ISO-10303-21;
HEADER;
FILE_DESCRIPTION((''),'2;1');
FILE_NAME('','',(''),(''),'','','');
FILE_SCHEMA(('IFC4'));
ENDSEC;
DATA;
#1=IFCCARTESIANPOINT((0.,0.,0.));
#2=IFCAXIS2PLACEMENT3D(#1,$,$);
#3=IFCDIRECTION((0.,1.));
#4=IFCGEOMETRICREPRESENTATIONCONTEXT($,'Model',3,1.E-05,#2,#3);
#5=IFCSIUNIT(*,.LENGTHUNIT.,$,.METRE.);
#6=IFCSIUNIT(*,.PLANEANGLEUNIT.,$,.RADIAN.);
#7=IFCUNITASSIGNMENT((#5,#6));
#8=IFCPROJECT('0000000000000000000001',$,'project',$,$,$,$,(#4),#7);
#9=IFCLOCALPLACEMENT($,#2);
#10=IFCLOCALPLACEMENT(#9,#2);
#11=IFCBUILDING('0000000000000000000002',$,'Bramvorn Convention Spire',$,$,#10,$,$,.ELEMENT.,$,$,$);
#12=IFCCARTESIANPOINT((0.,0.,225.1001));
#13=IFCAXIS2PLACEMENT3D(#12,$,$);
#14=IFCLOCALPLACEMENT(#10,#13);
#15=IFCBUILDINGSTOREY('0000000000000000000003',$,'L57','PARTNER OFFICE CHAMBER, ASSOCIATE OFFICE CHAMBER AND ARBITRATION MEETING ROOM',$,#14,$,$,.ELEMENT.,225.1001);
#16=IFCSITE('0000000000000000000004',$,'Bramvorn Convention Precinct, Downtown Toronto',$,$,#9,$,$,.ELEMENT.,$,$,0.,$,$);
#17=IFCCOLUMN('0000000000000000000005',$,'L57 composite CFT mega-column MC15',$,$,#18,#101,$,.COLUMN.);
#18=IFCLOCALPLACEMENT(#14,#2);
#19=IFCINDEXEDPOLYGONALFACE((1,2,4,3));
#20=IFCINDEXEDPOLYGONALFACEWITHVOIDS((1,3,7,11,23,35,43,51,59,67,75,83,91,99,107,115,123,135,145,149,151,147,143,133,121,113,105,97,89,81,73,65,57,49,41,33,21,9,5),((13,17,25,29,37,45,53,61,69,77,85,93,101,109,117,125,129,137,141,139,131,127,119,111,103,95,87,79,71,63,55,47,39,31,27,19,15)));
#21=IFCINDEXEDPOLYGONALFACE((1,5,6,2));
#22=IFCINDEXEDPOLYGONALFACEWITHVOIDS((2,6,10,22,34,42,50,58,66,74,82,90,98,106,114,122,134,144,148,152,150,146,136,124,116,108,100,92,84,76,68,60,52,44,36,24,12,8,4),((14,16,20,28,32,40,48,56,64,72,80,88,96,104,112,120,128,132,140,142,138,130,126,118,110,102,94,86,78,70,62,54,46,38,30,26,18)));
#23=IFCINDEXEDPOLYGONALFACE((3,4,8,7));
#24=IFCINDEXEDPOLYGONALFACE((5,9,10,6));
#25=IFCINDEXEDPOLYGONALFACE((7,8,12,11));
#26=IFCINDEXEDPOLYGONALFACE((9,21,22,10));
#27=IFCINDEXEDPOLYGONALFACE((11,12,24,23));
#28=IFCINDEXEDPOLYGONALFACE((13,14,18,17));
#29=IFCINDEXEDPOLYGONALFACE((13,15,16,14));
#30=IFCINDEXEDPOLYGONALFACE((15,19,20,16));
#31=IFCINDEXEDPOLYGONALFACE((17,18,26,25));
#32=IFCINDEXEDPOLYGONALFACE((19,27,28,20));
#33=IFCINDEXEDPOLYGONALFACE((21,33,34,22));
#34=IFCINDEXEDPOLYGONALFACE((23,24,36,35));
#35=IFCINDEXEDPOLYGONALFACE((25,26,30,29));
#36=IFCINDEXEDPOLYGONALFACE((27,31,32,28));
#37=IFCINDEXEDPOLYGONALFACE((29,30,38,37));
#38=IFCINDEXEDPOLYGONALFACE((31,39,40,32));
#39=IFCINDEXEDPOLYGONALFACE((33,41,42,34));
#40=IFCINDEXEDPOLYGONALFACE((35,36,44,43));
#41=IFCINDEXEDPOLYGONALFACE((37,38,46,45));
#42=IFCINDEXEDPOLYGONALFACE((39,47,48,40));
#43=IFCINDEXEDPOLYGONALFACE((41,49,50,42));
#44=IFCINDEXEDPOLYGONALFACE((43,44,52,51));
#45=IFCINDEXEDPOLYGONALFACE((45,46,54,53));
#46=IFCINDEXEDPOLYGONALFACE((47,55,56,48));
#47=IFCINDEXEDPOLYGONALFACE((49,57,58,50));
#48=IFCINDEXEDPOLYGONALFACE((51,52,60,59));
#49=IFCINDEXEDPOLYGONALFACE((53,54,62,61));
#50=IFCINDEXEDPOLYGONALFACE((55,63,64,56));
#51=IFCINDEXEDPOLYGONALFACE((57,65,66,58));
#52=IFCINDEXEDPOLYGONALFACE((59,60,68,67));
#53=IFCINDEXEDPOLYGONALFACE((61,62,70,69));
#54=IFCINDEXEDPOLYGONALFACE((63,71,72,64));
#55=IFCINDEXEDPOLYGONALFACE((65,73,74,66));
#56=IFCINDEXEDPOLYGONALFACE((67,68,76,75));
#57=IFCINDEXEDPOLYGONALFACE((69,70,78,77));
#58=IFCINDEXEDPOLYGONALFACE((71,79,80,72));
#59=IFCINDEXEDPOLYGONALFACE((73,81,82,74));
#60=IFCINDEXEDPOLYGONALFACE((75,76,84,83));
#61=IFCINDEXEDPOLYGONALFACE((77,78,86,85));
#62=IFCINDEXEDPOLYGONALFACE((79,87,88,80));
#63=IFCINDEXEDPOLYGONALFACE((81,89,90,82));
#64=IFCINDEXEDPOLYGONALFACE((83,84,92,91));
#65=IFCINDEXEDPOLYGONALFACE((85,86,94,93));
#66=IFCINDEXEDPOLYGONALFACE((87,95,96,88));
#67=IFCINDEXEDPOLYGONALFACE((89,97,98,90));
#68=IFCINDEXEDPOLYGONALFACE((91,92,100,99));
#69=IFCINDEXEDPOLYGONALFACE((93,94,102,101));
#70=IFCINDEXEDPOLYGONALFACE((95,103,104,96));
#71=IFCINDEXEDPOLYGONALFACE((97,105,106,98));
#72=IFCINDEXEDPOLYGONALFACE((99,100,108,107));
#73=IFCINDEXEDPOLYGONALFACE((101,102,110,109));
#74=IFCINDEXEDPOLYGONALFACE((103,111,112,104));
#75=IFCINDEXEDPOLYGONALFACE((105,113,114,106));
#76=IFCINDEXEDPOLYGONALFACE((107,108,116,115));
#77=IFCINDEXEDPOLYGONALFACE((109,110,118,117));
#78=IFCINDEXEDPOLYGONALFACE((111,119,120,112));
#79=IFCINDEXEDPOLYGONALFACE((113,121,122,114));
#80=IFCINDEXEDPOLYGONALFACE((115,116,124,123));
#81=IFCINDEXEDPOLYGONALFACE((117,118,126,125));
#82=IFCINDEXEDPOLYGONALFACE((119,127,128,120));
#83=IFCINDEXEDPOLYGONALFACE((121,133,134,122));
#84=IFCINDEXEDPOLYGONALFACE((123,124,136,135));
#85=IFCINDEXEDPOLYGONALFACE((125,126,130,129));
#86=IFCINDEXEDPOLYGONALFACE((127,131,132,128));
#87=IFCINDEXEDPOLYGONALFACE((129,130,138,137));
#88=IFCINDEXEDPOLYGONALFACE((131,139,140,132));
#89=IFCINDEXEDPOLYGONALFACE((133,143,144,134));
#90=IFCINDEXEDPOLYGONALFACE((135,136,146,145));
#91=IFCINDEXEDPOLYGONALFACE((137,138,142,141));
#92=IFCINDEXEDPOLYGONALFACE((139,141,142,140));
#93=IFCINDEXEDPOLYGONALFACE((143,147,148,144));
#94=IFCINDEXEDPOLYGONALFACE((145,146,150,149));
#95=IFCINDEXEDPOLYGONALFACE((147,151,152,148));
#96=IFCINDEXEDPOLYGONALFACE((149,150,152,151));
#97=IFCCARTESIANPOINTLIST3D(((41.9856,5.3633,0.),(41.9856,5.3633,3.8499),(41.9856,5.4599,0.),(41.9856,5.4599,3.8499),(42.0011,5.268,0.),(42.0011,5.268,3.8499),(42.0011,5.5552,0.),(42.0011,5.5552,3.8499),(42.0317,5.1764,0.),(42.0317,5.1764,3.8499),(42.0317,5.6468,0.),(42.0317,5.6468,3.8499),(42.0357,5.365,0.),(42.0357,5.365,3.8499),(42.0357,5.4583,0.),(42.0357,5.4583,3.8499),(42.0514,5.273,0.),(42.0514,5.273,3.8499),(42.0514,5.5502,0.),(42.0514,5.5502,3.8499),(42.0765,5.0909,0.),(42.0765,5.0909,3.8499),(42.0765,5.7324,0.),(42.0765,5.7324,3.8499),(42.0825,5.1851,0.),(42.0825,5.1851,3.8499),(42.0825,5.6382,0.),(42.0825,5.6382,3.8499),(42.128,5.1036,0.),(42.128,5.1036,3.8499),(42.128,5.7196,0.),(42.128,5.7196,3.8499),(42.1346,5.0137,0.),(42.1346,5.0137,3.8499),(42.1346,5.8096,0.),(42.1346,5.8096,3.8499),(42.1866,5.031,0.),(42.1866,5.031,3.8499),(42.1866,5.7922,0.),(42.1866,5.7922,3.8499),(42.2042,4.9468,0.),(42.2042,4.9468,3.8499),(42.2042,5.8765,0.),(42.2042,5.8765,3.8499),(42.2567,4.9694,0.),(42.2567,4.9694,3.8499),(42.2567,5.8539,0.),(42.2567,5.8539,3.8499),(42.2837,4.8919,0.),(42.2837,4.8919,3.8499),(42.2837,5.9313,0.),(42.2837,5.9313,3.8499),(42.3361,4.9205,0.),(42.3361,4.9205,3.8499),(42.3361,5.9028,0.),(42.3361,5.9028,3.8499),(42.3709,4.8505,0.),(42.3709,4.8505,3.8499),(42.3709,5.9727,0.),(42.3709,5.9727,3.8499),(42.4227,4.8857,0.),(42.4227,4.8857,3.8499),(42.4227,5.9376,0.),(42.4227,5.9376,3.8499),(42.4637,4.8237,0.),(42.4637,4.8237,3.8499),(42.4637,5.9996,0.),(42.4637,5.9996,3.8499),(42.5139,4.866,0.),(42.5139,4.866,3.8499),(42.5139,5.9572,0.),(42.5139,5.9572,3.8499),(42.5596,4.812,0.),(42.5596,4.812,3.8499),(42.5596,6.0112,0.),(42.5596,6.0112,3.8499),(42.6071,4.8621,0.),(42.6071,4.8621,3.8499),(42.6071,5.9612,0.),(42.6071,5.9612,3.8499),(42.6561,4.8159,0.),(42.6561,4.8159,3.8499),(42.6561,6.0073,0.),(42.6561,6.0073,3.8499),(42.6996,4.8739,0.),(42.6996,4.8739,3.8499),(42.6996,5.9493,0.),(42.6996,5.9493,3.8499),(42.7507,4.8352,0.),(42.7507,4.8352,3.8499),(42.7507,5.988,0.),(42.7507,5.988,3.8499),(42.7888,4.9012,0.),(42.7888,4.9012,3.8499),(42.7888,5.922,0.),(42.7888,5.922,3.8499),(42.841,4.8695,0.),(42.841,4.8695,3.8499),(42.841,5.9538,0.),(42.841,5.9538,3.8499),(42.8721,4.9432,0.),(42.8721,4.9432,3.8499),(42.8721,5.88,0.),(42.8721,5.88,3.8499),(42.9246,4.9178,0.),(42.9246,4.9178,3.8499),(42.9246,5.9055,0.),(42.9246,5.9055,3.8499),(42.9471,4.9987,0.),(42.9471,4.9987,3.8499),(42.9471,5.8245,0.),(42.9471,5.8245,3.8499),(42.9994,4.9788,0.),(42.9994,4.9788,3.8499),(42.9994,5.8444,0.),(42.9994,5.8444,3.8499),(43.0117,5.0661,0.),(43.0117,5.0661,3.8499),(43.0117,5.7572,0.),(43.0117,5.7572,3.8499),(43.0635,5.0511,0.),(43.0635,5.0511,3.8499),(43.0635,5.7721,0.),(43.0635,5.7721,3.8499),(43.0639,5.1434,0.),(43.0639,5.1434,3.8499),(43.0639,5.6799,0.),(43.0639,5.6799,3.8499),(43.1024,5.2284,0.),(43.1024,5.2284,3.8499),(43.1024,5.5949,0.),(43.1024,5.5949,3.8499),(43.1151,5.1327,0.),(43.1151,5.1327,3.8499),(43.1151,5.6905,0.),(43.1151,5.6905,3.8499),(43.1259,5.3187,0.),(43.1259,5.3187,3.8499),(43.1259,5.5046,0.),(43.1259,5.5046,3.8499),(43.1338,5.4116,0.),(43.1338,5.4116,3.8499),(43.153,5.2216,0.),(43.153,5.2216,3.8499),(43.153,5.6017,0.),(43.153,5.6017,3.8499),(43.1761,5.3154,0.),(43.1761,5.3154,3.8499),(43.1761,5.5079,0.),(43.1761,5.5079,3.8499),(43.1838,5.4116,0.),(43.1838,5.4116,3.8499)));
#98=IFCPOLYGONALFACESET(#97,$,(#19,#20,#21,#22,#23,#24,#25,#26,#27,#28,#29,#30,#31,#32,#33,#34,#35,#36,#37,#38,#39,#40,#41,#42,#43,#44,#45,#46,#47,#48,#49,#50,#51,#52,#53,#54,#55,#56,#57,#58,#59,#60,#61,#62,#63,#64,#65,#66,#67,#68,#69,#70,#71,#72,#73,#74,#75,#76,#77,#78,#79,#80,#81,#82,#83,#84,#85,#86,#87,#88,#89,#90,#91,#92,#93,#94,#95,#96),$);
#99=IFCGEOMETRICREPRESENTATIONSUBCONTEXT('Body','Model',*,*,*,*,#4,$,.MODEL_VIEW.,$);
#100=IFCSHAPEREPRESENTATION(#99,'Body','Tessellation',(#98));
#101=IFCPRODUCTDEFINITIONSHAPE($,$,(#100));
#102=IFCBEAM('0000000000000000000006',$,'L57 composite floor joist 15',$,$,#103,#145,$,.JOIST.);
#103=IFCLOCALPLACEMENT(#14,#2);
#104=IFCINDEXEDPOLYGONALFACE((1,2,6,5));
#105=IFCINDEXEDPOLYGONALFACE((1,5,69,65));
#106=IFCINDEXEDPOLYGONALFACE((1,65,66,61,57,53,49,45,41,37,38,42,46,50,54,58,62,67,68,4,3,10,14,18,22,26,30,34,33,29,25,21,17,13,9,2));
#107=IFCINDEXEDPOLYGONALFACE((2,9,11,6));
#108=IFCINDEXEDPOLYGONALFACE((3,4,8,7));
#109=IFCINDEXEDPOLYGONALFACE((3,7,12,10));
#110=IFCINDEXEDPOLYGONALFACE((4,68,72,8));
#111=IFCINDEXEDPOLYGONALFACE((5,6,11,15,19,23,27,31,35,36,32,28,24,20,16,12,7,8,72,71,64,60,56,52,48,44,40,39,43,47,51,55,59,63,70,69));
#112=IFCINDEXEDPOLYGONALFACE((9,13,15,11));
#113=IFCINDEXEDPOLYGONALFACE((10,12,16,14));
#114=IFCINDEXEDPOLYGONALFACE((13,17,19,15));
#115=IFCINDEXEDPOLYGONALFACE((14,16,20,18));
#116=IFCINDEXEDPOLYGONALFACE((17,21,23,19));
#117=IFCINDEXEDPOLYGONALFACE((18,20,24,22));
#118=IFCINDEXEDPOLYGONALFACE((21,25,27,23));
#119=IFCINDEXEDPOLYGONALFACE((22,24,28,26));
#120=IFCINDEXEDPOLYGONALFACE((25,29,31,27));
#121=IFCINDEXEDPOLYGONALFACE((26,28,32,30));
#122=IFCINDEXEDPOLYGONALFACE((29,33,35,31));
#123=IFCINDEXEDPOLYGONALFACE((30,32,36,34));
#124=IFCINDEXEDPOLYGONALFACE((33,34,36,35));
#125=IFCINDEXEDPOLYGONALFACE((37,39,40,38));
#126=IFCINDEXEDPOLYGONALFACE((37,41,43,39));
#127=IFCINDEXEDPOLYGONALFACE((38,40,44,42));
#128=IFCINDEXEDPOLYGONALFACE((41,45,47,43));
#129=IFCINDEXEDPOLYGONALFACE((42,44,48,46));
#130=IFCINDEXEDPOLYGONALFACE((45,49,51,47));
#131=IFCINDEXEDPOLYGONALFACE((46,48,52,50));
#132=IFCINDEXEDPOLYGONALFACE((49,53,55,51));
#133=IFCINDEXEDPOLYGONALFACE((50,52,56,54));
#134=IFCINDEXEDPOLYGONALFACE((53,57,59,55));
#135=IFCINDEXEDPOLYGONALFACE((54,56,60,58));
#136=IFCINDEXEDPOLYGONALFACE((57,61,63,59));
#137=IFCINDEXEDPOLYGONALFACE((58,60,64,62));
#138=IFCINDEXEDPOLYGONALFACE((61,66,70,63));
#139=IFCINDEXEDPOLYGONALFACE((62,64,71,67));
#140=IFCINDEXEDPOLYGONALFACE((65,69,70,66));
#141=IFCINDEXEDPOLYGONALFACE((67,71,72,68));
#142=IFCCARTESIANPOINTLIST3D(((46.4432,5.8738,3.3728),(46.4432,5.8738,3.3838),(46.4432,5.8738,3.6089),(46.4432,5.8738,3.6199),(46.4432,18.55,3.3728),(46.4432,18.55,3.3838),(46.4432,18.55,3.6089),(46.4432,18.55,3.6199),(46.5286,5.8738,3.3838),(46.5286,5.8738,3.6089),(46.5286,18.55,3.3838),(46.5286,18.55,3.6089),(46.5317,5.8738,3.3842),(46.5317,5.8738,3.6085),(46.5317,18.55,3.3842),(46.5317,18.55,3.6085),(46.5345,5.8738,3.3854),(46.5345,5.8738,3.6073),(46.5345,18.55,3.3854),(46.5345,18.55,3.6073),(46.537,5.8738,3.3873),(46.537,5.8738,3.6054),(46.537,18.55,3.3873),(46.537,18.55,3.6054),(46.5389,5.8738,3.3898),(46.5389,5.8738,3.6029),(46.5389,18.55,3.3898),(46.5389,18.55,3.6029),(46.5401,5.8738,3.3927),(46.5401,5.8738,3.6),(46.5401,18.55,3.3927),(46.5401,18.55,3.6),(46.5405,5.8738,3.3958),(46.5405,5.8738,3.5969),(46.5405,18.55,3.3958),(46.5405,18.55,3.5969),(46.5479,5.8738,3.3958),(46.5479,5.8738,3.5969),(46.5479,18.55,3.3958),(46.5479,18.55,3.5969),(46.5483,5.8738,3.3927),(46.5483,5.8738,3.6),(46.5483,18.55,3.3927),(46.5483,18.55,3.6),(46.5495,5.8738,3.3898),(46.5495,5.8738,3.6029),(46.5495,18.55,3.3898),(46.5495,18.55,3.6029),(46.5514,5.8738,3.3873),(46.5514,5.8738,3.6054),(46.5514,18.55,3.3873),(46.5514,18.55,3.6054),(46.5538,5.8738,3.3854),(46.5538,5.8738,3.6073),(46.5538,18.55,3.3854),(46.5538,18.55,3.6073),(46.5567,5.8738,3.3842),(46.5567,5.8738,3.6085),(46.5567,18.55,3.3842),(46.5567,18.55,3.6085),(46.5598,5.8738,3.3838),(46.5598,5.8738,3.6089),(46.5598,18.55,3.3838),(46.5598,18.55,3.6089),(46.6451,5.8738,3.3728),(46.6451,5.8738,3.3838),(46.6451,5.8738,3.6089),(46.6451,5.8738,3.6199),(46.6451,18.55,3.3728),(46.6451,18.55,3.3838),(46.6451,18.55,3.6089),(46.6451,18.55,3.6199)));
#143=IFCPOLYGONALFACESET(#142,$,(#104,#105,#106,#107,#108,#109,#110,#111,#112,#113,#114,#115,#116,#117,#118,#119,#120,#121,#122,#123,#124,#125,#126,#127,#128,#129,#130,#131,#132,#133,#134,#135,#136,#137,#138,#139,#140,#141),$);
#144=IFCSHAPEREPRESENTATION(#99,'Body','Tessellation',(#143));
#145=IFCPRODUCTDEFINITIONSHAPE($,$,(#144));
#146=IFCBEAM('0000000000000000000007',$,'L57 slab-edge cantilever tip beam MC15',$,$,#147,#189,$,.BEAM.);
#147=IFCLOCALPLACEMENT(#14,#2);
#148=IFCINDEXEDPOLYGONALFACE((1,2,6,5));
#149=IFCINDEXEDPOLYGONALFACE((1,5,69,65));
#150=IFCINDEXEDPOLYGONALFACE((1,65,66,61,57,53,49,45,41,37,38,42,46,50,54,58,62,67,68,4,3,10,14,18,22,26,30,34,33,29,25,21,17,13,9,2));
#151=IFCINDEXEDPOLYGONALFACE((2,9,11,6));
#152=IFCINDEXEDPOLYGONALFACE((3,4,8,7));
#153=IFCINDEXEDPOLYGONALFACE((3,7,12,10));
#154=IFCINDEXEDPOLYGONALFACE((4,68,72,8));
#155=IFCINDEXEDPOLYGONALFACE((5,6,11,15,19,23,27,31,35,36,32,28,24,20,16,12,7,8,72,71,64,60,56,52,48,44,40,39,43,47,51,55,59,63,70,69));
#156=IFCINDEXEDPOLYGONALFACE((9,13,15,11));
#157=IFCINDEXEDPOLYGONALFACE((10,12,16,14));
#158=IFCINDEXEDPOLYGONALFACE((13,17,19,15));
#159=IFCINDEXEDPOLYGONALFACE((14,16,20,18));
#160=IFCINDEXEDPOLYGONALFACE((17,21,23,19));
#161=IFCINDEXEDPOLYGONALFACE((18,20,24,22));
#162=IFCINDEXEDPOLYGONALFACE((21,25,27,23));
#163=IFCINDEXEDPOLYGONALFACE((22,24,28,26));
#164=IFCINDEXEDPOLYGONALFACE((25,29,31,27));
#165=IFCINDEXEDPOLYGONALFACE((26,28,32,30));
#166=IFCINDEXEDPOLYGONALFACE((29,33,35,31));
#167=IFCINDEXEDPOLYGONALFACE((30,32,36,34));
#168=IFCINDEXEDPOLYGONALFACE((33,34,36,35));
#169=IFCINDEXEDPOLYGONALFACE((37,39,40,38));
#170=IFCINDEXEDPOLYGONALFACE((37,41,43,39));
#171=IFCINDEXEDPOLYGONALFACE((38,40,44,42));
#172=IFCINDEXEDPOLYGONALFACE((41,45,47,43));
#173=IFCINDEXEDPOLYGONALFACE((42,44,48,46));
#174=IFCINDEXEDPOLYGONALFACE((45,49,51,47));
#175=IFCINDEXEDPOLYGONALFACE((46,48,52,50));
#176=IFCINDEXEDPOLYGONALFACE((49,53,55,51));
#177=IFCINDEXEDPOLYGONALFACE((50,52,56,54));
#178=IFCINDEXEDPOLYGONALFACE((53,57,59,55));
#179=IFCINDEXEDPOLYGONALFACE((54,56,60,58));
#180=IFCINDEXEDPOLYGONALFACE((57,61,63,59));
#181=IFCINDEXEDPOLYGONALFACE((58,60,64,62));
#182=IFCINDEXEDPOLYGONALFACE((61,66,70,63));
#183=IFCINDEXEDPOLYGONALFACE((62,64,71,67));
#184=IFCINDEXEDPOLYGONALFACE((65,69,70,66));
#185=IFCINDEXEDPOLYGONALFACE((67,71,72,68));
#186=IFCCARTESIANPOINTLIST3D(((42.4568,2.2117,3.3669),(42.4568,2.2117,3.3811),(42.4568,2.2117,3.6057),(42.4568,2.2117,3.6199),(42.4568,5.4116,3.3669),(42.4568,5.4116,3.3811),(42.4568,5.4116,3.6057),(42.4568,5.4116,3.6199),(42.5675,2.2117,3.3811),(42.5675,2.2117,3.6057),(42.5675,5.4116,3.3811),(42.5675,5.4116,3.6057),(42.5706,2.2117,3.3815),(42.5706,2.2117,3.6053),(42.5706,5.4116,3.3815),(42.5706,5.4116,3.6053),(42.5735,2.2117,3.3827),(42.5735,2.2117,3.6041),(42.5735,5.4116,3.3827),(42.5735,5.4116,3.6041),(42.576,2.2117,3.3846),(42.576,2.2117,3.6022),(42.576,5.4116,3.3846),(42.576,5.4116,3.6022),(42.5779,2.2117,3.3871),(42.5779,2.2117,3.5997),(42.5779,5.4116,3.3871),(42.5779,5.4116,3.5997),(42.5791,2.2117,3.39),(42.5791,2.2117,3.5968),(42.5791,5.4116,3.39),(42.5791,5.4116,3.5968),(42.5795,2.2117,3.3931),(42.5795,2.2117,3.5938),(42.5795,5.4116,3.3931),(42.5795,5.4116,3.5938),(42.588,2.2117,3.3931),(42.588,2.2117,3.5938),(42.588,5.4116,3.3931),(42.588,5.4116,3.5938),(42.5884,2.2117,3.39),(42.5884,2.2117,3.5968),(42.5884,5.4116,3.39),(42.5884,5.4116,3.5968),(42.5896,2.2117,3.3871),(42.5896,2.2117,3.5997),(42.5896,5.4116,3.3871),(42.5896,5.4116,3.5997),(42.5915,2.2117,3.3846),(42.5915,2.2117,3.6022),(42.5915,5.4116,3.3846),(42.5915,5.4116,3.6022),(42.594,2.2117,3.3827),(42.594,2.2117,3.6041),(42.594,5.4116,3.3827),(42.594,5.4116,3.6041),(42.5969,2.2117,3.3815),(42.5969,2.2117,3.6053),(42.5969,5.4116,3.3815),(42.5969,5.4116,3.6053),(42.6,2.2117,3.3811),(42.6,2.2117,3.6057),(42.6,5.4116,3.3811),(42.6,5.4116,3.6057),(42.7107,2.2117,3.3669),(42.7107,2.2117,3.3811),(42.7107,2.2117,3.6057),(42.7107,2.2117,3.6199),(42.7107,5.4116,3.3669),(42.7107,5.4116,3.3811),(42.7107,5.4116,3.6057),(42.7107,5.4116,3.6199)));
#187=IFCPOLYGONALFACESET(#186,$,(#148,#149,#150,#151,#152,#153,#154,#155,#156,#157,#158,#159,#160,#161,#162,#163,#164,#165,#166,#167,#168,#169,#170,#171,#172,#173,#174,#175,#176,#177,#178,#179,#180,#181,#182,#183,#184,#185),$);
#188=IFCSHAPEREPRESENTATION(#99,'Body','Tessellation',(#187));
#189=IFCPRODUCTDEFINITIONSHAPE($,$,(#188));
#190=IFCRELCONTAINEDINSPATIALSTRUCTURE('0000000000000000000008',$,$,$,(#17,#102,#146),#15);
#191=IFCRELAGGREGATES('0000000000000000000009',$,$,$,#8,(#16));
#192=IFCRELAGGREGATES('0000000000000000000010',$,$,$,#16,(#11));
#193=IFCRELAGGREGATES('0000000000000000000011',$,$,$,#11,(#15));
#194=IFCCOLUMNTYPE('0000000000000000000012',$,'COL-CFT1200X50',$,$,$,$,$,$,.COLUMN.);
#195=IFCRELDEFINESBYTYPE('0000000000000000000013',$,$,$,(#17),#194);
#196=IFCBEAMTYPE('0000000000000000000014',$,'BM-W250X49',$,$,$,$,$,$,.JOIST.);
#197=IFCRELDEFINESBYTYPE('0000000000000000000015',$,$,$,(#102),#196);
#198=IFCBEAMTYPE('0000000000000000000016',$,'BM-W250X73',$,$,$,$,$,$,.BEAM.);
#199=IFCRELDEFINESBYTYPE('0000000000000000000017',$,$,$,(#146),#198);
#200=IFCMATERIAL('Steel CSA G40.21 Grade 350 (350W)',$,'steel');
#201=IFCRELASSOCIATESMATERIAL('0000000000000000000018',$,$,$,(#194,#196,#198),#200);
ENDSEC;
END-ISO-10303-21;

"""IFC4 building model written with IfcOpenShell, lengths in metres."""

from ifc_helpers import new_model, si_unit, direction, frame, origin, origin_2d, place, context, subcontext, project, spatial, hollow_circle, i_section, extrude, material, material_profile, profile_set, type_object, element, save


model = new_model("IFC4")

# Units and contexts
model_context = context("Model", 3, precision=1e-05, world=origin(), true_north=direction((0.0, 1.0)))
body_context = subcontext(model_context, "Body", "Model", "MODEL_VIEW")
ifc_project = project(units=[si_unit("LENGTHUNIT", "METRE"), si_unit("PLANEANGLEUNIT", "RADIAN")], contexts=[model_context])

# Site, building, storey
site_placement = place(None, origin())
site = spatial("IfcSite", under=ifc_project, at=site_placement, Name="Bramvorn Convention Precinct, Downtown Toronto", CompositionType="ELEMENT", RefElevation=0.0)
building_placement = place(site_placement, origin())
building = spatial("IfcBuilding", under=site, at=building_placement, Name="Bramvorn Convention Spire", CompositionType="ELEMENT")
storey_placement = place(building_placement, frame((0.0, 0.0, 225.1001)))
storey = spatial("IfcBuildingStorey", under=building, at=storey_placement, Name="L57", Description="PARTNER OFFICE CHAMBER, ASSOCIATE OFFICE CHAMBER AND ARBITRATION MEETING ROOM", CompositionType="ELEMENT", Elevation=225.1001)

# Column
ifc_material_1 = material(Name="Steel CSA G40.21 Grade 350 (350W)", Category="steel")
ifc_material_profile_1 = material_profile(ifc_material_1, hollow_circle(Radius=0.6001, WallThickness=0.05, at=origin_2d()))
ifc_profile_set_1 = profile_set([ifc_material_profile_1], Name="Steel CSA G40.21 Grade 350 (350W) - CFT1200X50")
column_type = type_object("IfcColumnType", Name="COL-CFT1200X50", PredefinedType="COLUMN", material=ifc_profile_set_1)
column_placement = place(storey_placement, frame((42.5837, 5.4116, 0.0), z_axis=(0.0, 0.0, 1.0), x_axis=(1.0, 0.0, 0.0)))
element("IfcColumn", 1, at=column_placement, inside=storey, type_object=column_type, Name="L57 composite CFT mega-column MC15", PredefinedType="COLUMN", context=body_context, shape_type="SweptSolid", body=[
    extrude(hollow_circle(Radius=0.6001, WallThickness=0.05, at=origin_2d()), origin(), (0.0, 0.0, 1.0), 3.8499),
])

# Beams
ifc_material_profile_2 = material_profile(ifc_material_1, i_section(OverallWidth=0.2019, OverallDepth=0.2471, WebThickness=0.0073, FlangeThickness=0.011, FilletRadius=0.012, at=origin_2d()))
ifc_profile_set_2 = profile_set([ifc_material_profile_2], Name="Steel CSA G40.21 Grade 350 (350W) - W250X49")
beam_type_1 = type_object("IfcBeamType", Name="BM-W250X49", PredefinedType="JOIST", material=ifc_profile_set_2)
beam_1_placement = place(storey_placement, frame((46.5442, 18.55, 3.4963), z_axis=(0.0, -1.0, 0.0), x_axis=(1.0, 0.0, 0.0)))
element("IfcBeam", 2, at=beam_1_placement, inside=storey, type_object=beam_type_1, Name="L57 composite floor joist 15", PredefinedType="JOIST", context=body_context, shape_type="SweptSolid", body=[
    extrude(i_section(OverallWidth=0.2019, OverallDepth=0.2471, WebThickness=0.0073, FlangeThickness=0.011, FilletRadius=0.012, at=origin_2d()), origin(), (0.0, 0.0, 1.0), 12.6763),
])
ifc_material_profile_3 = material_profile(ifc_material_1, i_section(OverallWidth=0.2539, OverallDepth=0.2529, WebThickness=0.0085, FlangeThickness=0.0142, FilletRadius=0.012, at=origin_2d()))
ifc_profile_set_3 = profile_set([ifc_material_profile_3], Name="Steel CSA G40.21 Grade 350 (350W) - W250X73")
beam_type_2 = type_object("IfcBeamType", Name="BM-W250X73", PredefinedType="BEAM", material=ifc_profile_set_3)
beam_2_placement = place(storey_placement, frame((42.5837, 5.4116, 3.4934), z_axis=(0.0, -1.0, 0.0), x_axis=(1.0, 0.0, 0.0)))
element("IfcBeam", 3, at=beam_2_placement, inside=storey, type_object=beam_type_2, Name="L57 slab-edge cantilever tip beam MC15", PredefinedType="BEAM", context=body_context, shape_type="SweptSolid", body=[
    extrude(i_section(OverallWidth=0.2539, OverallDepth=0.2529, WebThickness=0.0085, FlangeThickness=0.0142, FilletRadius=0.012, at=origin_2d()), origin(), (0.0, 0.0, 1.0), 3.2),
])

save(model, "model.ifc")
